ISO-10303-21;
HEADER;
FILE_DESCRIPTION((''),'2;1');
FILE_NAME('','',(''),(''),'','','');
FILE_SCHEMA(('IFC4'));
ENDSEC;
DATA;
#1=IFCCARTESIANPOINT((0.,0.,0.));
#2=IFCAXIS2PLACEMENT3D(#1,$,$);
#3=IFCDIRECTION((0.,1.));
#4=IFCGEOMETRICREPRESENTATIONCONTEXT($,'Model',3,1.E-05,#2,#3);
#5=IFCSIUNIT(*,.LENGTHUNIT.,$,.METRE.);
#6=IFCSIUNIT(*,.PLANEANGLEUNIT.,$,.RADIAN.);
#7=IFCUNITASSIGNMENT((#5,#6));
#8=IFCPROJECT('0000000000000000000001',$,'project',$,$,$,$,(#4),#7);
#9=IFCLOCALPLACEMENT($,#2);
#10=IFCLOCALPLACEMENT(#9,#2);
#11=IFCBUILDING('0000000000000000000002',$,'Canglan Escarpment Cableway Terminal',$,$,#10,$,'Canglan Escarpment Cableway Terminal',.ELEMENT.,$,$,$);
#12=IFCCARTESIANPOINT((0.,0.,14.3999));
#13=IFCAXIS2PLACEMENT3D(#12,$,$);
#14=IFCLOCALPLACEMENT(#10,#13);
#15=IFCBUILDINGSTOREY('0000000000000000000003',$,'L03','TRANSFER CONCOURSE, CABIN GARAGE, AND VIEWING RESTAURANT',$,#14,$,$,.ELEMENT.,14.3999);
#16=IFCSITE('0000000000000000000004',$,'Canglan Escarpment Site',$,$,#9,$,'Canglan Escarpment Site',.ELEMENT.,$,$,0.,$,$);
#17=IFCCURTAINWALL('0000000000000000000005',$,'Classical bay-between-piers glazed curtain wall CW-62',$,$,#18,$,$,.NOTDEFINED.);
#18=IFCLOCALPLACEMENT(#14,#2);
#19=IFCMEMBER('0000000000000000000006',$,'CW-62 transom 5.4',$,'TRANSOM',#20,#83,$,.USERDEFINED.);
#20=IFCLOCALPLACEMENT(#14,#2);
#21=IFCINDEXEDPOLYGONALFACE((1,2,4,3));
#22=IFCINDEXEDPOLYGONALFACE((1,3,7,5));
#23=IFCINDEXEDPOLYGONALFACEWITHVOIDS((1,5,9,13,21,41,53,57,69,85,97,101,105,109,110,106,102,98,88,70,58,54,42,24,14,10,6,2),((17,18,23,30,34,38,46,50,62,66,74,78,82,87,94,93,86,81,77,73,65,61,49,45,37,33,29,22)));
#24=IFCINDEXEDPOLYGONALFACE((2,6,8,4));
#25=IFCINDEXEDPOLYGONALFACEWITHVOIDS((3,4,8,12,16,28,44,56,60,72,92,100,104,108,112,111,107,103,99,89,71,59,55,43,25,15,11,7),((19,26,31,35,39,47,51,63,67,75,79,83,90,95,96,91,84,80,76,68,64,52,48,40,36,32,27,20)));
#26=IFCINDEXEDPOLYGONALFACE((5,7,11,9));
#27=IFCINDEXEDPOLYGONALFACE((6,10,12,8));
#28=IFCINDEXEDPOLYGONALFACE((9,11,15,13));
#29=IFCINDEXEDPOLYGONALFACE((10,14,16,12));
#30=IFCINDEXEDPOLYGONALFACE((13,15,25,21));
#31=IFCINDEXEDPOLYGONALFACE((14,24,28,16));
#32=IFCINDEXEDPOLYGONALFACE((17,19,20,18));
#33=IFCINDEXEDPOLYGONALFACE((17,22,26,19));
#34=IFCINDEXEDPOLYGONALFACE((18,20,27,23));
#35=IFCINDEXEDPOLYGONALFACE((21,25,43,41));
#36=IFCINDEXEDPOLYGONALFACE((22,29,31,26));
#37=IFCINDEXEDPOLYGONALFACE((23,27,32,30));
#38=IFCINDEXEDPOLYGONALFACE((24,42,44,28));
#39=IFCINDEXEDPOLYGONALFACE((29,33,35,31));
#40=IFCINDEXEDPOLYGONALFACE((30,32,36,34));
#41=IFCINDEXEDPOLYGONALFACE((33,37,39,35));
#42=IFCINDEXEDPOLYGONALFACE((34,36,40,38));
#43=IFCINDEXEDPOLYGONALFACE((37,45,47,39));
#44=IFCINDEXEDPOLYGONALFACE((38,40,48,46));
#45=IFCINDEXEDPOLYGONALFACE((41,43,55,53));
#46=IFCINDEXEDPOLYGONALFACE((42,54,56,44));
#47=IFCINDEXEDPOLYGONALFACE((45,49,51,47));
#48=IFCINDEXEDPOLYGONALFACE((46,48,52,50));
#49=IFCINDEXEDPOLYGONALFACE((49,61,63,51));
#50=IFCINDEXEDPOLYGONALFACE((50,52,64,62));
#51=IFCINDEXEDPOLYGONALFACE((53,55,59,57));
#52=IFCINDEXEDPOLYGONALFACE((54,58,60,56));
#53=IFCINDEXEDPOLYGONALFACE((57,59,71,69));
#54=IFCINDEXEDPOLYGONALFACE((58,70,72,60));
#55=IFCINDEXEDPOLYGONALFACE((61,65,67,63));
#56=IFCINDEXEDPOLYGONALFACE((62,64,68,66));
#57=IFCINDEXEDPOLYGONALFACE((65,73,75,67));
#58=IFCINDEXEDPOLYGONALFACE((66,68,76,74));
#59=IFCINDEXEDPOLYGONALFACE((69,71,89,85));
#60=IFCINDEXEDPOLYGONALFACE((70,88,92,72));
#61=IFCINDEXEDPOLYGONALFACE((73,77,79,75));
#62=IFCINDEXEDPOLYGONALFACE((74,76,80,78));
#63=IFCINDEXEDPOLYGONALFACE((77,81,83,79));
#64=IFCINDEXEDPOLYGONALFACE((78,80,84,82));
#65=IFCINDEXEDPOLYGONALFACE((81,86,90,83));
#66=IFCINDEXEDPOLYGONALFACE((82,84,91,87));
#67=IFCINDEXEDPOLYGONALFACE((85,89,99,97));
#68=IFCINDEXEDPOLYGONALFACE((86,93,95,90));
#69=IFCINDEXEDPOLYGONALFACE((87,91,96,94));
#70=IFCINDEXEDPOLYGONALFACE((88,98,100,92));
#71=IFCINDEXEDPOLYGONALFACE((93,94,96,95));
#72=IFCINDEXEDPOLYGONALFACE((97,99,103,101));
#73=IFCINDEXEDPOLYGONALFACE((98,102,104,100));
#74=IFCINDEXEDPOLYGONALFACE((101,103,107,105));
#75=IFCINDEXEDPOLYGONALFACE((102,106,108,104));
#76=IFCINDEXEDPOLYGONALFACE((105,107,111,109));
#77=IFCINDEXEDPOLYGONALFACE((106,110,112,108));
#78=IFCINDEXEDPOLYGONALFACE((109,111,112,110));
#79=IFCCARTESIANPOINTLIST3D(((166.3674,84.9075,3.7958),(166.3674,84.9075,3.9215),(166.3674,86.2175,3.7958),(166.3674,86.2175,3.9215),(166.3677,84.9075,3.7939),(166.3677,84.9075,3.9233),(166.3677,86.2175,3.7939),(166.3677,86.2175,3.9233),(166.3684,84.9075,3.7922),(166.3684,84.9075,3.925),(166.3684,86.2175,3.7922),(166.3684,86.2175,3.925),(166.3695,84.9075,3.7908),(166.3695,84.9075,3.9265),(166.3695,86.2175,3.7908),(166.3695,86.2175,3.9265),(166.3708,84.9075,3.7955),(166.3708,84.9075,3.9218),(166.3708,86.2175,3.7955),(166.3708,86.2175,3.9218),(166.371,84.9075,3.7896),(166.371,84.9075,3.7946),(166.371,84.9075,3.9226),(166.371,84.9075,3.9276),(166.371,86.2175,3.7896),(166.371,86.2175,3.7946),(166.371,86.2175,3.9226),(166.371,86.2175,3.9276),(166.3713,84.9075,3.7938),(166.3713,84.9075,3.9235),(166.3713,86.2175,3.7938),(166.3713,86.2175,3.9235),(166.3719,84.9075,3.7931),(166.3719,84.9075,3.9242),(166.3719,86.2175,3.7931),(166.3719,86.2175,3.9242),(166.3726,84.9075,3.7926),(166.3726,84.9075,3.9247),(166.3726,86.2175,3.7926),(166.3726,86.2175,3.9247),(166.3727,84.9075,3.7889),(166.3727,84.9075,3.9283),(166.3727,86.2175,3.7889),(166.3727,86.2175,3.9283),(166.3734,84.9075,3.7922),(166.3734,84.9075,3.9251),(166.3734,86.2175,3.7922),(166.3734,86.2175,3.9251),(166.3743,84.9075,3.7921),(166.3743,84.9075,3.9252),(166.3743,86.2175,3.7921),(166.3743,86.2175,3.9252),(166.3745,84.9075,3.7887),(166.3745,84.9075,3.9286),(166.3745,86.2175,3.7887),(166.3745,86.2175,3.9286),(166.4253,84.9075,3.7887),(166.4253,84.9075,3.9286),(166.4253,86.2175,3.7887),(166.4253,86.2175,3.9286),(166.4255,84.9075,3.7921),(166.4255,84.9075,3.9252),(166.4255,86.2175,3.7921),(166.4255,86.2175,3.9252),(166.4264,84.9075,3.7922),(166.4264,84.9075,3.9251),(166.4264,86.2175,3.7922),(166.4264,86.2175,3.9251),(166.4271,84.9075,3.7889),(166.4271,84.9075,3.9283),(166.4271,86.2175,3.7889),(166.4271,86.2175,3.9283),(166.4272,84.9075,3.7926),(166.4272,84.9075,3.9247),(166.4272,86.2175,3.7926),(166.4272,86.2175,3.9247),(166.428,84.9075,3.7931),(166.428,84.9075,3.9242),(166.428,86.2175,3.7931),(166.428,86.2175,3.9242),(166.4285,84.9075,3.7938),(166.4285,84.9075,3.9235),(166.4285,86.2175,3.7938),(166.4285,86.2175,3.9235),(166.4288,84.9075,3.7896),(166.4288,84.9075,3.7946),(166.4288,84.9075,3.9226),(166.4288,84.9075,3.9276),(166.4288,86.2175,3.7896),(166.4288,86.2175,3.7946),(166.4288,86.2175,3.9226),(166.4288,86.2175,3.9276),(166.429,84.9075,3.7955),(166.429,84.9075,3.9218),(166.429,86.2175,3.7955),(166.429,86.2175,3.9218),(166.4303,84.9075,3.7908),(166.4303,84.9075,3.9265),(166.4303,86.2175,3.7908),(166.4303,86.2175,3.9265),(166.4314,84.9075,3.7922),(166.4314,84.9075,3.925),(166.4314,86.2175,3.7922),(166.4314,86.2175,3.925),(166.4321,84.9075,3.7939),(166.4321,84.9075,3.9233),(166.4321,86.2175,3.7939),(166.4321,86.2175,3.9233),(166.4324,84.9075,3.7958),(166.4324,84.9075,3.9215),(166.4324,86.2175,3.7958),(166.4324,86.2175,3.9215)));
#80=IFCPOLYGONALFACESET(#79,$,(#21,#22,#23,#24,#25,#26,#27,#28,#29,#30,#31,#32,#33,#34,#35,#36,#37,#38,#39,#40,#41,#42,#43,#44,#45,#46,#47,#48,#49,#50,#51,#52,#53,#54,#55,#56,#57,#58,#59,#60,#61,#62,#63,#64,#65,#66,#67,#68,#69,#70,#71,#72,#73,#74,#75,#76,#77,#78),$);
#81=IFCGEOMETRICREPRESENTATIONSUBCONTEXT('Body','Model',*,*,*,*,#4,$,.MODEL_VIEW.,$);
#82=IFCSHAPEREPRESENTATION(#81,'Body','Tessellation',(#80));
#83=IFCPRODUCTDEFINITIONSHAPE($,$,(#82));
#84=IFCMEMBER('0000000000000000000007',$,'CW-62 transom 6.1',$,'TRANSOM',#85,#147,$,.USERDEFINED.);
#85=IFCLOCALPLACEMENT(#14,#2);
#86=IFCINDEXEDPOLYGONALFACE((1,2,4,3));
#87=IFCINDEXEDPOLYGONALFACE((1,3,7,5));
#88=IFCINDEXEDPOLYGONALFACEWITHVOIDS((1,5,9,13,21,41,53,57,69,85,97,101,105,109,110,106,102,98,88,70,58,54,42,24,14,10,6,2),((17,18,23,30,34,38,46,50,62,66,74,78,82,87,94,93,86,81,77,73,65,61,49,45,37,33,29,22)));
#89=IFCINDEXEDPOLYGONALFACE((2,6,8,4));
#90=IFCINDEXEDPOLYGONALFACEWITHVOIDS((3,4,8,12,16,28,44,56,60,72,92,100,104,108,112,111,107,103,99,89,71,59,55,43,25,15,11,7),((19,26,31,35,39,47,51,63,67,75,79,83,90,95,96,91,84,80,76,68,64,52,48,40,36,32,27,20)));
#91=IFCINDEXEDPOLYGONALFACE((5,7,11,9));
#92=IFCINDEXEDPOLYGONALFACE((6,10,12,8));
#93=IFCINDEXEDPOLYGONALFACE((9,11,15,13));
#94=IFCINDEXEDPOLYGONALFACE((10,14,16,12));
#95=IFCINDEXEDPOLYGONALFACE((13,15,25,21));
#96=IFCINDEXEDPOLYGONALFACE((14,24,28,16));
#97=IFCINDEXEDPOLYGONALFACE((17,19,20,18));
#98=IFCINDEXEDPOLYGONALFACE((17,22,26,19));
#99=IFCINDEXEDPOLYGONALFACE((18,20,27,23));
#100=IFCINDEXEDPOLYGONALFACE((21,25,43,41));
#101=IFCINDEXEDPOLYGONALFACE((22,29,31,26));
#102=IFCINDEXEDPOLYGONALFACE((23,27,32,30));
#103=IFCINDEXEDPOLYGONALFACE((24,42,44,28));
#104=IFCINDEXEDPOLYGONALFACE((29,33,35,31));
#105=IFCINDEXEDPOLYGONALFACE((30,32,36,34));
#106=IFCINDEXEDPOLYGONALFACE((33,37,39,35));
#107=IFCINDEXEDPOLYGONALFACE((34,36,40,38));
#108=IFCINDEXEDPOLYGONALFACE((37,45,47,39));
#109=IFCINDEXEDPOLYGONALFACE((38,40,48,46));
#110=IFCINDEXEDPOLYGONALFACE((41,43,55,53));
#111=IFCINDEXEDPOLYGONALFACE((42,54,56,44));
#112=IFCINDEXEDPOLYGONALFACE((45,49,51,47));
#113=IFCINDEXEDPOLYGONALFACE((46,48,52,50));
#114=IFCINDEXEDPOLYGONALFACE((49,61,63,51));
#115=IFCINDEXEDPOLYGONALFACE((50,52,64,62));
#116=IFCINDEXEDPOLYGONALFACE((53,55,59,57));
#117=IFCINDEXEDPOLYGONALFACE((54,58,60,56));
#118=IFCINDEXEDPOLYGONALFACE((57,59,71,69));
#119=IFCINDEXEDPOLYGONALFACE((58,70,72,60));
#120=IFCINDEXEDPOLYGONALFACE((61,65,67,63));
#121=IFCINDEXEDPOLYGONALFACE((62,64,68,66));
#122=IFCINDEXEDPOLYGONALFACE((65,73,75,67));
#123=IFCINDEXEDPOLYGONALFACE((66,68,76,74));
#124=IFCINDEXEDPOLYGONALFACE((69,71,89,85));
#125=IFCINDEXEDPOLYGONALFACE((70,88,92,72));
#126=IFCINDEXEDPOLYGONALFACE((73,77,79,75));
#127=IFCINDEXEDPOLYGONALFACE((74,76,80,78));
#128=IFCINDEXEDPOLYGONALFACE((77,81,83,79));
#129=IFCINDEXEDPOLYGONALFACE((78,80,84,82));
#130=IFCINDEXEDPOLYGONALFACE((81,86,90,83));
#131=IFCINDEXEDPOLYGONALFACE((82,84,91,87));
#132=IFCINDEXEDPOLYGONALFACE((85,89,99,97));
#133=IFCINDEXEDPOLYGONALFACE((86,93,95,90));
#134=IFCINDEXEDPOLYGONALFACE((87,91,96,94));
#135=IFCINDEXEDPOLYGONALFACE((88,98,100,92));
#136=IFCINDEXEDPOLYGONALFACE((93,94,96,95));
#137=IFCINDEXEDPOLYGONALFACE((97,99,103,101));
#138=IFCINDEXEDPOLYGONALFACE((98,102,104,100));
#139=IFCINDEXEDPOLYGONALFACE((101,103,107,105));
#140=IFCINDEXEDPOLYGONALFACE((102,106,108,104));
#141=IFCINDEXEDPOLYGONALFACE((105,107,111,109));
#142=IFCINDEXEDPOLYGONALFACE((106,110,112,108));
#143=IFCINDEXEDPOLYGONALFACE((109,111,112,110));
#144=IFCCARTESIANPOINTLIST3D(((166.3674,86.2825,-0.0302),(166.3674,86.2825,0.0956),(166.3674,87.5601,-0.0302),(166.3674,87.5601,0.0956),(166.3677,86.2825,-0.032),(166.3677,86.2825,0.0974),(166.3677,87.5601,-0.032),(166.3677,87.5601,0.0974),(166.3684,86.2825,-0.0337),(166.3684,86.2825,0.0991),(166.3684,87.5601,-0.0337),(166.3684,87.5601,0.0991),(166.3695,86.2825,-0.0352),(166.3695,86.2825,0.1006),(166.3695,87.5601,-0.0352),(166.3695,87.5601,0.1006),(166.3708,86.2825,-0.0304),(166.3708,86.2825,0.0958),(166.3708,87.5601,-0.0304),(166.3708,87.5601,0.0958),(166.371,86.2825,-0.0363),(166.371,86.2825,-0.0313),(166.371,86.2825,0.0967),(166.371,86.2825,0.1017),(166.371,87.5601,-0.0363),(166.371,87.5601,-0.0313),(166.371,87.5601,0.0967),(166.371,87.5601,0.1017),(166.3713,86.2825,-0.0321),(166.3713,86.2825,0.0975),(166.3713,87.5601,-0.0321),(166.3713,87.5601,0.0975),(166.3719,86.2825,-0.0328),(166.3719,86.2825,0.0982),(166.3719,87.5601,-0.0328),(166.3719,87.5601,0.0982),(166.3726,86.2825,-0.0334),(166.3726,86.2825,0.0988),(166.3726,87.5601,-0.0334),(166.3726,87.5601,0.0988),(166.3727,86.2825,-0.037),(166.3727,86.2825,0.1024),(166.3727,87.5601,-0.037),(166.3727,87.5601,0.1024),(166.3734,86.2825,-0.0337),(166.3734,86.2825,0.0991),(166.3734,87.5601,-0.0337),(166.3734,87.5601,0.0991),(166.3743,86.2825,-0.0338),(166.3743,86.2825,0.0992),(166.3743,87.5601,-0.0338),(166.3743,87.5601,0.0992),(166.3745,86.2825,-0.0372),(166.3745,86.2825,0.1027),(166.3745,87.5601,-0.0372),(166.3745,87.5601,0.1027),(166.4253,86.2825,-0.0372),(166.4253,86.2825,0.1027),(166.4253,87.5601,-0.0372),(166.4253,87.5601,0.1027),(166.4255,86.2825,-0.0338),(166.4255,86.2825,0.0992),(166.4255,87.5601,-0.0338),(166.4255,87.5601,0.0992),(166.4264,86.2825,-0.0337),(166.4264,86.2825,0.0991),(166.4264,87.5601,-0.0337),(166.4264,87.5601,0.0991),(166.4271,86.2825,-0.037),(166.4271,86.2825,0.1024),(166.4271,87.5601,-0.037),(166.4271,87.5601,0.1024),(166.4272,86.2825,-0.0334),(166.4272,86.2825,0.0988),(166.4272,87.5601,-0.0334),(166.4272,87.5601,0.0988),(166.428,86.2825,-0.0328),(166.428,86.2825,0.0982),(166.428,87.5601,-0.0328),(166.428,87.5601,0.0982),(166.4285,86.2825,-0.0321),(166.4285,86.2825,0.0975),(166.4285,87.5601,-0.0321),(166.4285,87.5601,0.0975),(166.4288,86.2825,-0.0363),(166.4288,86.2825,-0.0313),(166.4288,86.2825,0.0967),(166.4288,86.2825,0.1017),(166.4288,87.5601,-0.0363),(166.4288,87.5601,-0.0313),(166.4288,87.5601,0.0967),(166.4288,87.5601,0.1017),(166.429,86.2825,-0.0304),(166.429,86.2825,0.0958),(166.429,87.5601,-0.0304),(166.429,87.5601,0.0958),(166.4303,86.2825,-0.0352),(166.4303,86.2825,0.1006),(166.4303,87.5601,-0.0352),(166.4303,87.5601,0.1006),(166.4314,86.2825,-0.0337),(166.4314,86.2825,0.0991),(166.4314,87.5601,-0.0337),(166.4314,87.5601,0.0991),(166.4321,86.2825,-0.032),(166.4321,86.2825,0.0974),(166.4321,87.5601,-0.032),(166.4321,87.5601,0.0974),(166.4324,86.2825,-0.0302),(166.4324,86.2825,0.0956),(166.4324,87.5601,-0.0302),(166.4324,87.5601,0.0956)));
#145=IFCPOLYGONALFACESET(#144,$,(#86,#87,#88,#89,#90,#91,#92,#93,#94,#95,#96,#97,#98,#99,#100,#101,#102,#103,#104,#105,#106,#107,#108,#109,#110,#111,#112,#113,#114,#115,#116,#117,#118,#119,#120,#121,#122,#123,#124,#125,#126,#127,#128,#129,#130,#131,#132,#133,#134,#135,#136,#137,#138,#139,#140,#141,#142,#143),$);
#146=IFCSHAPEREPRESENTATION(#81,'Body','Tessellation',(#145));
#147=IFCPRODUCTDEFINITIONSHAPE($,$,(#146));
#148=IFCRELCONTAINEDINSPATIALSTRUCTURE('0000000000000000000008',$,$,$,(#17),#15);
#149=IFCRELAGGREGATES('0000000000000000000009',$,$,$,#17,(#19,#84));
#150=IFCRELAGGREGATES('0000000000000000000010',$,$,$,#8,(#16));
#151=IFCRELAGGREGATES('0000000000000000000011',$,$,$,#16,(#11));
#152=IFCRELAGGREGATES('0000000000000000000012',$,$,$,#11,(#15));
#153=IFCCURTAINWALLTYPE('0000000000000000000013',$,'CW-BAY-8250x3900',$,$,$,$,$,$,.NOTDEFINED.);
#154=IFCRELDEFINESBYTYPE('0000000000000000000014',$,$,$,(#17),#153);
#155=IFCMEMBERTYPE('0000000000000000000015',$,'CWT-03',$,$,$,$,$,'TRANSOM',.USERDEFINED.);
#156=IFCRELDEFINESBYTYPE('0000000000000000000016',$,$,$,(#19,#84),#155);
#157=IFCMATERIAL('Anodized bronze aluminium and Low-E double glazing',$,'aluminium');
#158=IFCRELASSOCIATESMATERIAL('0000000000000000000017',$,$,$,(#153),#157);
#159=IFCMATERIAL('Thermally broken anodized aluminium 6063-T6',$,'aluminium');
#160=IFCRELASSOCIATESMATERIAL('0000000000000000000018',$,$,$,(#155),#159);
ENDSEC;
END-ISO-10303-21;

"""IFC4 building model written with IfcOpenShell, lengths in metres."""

from ifc_helpers import new_model, si_unit, direction, frame, origin, origin_2d, place, context, subcontext, project, spatial, hollow_rectangle, extrude, material, material_profile, profile_set, type_object, element, aggregate, save


model = new_model("IFC4")

# Units and contexts
model_context = context("Model", 3, precision=1e-05, world=origin(), true_north=direction((0.0, 1.0)))
body_context = subcontext(model_context, "Body", "Model", "MODEL_VIEW")
ifc_project = project(units=[si_unit("LENGTHUNIT", "METRE"), si_unit("PLANEANGLEUNIT", "RADIAN")], contexts=[model_context])

# Site, building, storey
site_placement = place(None, origin())
site = spatial("IfcSite", under=ifc_project, at=site_placement, Name="Canglan Escarpment Site", LongName="Canglan Escarpment Site", CompositionType="ELEMENT", RefElevation=0.0)
building_placement = place(site_placement, origin())
building = spatial("IfcBuilding", under=site, at=building_placement, Name="Canglan Escarpment Cableway Terminal", LongName="Canglan Escarpment Cableway Terminal", CompositionType="ELEMENT")
storey_placement = place(building_placement, frame((0.0, 0.0, 14.3999)))
storey = spatial("IfcBuildingStorey", under=building, at=storey_placement, Name="L03", Description="TRANSFER CONCOURSE, CABIN GARAGE, AND VIEWING RESTAURANT", CompositionType="ELEMENT", Elevation=14.3999)

# Curtain wall
ifc_material_1 = material(Name="Anodized bronze aluminium and Low-E double glazing", Category="aluminium")
curtain_wall_type = type_object("IfcCurtainWallType", Name="CW-BAY-8250x3900", PredefinedType="NOTDEFINED", material=ifc_material_1)
ifc_material_2 = material(Name="Thermally broken anodized aluminium 6063-T6", Category="aluminium")
curtain_wall_1_placement = place(storey_placement, origin())
curtain_wall_1 = element("IfcCurtainWall", 1, at=curtain_wall_1_placement, inside=storey, type_object=curtain_wall_type, Name="Classical bay-between-piers glazed curtain wall CW-62", PredefinedType="NOTDEFINED")

# Members
ifc_material_profile_1 = material_profile(ifc_material_2, hollow_rectangle(XDim=0.0649, YDim=0.1399, WallThickness=0.0034, InnerFilletRadius=0.0034, OuterFilletRadius=0.0071, at=origin_2d()), Name="ALU-TRAN 65x140x3.5")
ifc_profile_set_1 = profile_set([ifc_material_profile_1], Name="Thermally broken anodized aluminium 6063-T6")
member_type_1 = type_object("IfcMemberType", Name="CWT-03", ElementType="TRANSOM", PredefinedType="USERDEFINED", material=ifc_profile_set_1)
member_1_placement = place(storey_placement, frame((166.3999, 84.9075, 3.8586), z_axis=(0.0, 1.0, 0.0), x_axis=(-1.0, 0.0, 0.0)))
member_1 = element("IfcMember", 2, at=member_1_placement, type_object=member_type_1, Name="CW-62 transom 5.4", ObjectType="TRANSOM", PredefinedType="USERDEFINED", context=body_context, shape_type="SweptSolid", body=[
    extrude(hollow_rectangle(XDim=0.0649, YDim=0.1399, WallThickness=0.0034, InnerFilletRadius=0.0034, OuterFilletRadius=0.0071, at=origin_2d()), origin(), (0.0, 0.0, 1.0), 1.3101),
])
member_2_placement = place(storey_placement, frame((166.3999, 86.2825, 0.0327), z_axis=(0.0, 1.0, 0.0), x_axis=(-1.0, 0.0, 0.0)))
member_2 = element("IfcMember", 3, at=member_2_placement, type_object=member_type_1, Name="CW-62 transom 6.1", ObjectType="TRANSOM", PredefinedType="USERDEFINED", context=body_context, shape_type="SweptSolid", body=[
    extrude(hollow_rectangle(XDim=0.0649, YDim=0.1399, WallThickness=0.0034, InnerFilletRadius=0.0034, OuterFilletRadius=0.0071, at=origin_2d()), origin(), (0.0, 0.0, 1.0), 1.2776),
])

aggregate(curtain_wall_1, [member_1, member_2])

save(model, "model.ifc")
